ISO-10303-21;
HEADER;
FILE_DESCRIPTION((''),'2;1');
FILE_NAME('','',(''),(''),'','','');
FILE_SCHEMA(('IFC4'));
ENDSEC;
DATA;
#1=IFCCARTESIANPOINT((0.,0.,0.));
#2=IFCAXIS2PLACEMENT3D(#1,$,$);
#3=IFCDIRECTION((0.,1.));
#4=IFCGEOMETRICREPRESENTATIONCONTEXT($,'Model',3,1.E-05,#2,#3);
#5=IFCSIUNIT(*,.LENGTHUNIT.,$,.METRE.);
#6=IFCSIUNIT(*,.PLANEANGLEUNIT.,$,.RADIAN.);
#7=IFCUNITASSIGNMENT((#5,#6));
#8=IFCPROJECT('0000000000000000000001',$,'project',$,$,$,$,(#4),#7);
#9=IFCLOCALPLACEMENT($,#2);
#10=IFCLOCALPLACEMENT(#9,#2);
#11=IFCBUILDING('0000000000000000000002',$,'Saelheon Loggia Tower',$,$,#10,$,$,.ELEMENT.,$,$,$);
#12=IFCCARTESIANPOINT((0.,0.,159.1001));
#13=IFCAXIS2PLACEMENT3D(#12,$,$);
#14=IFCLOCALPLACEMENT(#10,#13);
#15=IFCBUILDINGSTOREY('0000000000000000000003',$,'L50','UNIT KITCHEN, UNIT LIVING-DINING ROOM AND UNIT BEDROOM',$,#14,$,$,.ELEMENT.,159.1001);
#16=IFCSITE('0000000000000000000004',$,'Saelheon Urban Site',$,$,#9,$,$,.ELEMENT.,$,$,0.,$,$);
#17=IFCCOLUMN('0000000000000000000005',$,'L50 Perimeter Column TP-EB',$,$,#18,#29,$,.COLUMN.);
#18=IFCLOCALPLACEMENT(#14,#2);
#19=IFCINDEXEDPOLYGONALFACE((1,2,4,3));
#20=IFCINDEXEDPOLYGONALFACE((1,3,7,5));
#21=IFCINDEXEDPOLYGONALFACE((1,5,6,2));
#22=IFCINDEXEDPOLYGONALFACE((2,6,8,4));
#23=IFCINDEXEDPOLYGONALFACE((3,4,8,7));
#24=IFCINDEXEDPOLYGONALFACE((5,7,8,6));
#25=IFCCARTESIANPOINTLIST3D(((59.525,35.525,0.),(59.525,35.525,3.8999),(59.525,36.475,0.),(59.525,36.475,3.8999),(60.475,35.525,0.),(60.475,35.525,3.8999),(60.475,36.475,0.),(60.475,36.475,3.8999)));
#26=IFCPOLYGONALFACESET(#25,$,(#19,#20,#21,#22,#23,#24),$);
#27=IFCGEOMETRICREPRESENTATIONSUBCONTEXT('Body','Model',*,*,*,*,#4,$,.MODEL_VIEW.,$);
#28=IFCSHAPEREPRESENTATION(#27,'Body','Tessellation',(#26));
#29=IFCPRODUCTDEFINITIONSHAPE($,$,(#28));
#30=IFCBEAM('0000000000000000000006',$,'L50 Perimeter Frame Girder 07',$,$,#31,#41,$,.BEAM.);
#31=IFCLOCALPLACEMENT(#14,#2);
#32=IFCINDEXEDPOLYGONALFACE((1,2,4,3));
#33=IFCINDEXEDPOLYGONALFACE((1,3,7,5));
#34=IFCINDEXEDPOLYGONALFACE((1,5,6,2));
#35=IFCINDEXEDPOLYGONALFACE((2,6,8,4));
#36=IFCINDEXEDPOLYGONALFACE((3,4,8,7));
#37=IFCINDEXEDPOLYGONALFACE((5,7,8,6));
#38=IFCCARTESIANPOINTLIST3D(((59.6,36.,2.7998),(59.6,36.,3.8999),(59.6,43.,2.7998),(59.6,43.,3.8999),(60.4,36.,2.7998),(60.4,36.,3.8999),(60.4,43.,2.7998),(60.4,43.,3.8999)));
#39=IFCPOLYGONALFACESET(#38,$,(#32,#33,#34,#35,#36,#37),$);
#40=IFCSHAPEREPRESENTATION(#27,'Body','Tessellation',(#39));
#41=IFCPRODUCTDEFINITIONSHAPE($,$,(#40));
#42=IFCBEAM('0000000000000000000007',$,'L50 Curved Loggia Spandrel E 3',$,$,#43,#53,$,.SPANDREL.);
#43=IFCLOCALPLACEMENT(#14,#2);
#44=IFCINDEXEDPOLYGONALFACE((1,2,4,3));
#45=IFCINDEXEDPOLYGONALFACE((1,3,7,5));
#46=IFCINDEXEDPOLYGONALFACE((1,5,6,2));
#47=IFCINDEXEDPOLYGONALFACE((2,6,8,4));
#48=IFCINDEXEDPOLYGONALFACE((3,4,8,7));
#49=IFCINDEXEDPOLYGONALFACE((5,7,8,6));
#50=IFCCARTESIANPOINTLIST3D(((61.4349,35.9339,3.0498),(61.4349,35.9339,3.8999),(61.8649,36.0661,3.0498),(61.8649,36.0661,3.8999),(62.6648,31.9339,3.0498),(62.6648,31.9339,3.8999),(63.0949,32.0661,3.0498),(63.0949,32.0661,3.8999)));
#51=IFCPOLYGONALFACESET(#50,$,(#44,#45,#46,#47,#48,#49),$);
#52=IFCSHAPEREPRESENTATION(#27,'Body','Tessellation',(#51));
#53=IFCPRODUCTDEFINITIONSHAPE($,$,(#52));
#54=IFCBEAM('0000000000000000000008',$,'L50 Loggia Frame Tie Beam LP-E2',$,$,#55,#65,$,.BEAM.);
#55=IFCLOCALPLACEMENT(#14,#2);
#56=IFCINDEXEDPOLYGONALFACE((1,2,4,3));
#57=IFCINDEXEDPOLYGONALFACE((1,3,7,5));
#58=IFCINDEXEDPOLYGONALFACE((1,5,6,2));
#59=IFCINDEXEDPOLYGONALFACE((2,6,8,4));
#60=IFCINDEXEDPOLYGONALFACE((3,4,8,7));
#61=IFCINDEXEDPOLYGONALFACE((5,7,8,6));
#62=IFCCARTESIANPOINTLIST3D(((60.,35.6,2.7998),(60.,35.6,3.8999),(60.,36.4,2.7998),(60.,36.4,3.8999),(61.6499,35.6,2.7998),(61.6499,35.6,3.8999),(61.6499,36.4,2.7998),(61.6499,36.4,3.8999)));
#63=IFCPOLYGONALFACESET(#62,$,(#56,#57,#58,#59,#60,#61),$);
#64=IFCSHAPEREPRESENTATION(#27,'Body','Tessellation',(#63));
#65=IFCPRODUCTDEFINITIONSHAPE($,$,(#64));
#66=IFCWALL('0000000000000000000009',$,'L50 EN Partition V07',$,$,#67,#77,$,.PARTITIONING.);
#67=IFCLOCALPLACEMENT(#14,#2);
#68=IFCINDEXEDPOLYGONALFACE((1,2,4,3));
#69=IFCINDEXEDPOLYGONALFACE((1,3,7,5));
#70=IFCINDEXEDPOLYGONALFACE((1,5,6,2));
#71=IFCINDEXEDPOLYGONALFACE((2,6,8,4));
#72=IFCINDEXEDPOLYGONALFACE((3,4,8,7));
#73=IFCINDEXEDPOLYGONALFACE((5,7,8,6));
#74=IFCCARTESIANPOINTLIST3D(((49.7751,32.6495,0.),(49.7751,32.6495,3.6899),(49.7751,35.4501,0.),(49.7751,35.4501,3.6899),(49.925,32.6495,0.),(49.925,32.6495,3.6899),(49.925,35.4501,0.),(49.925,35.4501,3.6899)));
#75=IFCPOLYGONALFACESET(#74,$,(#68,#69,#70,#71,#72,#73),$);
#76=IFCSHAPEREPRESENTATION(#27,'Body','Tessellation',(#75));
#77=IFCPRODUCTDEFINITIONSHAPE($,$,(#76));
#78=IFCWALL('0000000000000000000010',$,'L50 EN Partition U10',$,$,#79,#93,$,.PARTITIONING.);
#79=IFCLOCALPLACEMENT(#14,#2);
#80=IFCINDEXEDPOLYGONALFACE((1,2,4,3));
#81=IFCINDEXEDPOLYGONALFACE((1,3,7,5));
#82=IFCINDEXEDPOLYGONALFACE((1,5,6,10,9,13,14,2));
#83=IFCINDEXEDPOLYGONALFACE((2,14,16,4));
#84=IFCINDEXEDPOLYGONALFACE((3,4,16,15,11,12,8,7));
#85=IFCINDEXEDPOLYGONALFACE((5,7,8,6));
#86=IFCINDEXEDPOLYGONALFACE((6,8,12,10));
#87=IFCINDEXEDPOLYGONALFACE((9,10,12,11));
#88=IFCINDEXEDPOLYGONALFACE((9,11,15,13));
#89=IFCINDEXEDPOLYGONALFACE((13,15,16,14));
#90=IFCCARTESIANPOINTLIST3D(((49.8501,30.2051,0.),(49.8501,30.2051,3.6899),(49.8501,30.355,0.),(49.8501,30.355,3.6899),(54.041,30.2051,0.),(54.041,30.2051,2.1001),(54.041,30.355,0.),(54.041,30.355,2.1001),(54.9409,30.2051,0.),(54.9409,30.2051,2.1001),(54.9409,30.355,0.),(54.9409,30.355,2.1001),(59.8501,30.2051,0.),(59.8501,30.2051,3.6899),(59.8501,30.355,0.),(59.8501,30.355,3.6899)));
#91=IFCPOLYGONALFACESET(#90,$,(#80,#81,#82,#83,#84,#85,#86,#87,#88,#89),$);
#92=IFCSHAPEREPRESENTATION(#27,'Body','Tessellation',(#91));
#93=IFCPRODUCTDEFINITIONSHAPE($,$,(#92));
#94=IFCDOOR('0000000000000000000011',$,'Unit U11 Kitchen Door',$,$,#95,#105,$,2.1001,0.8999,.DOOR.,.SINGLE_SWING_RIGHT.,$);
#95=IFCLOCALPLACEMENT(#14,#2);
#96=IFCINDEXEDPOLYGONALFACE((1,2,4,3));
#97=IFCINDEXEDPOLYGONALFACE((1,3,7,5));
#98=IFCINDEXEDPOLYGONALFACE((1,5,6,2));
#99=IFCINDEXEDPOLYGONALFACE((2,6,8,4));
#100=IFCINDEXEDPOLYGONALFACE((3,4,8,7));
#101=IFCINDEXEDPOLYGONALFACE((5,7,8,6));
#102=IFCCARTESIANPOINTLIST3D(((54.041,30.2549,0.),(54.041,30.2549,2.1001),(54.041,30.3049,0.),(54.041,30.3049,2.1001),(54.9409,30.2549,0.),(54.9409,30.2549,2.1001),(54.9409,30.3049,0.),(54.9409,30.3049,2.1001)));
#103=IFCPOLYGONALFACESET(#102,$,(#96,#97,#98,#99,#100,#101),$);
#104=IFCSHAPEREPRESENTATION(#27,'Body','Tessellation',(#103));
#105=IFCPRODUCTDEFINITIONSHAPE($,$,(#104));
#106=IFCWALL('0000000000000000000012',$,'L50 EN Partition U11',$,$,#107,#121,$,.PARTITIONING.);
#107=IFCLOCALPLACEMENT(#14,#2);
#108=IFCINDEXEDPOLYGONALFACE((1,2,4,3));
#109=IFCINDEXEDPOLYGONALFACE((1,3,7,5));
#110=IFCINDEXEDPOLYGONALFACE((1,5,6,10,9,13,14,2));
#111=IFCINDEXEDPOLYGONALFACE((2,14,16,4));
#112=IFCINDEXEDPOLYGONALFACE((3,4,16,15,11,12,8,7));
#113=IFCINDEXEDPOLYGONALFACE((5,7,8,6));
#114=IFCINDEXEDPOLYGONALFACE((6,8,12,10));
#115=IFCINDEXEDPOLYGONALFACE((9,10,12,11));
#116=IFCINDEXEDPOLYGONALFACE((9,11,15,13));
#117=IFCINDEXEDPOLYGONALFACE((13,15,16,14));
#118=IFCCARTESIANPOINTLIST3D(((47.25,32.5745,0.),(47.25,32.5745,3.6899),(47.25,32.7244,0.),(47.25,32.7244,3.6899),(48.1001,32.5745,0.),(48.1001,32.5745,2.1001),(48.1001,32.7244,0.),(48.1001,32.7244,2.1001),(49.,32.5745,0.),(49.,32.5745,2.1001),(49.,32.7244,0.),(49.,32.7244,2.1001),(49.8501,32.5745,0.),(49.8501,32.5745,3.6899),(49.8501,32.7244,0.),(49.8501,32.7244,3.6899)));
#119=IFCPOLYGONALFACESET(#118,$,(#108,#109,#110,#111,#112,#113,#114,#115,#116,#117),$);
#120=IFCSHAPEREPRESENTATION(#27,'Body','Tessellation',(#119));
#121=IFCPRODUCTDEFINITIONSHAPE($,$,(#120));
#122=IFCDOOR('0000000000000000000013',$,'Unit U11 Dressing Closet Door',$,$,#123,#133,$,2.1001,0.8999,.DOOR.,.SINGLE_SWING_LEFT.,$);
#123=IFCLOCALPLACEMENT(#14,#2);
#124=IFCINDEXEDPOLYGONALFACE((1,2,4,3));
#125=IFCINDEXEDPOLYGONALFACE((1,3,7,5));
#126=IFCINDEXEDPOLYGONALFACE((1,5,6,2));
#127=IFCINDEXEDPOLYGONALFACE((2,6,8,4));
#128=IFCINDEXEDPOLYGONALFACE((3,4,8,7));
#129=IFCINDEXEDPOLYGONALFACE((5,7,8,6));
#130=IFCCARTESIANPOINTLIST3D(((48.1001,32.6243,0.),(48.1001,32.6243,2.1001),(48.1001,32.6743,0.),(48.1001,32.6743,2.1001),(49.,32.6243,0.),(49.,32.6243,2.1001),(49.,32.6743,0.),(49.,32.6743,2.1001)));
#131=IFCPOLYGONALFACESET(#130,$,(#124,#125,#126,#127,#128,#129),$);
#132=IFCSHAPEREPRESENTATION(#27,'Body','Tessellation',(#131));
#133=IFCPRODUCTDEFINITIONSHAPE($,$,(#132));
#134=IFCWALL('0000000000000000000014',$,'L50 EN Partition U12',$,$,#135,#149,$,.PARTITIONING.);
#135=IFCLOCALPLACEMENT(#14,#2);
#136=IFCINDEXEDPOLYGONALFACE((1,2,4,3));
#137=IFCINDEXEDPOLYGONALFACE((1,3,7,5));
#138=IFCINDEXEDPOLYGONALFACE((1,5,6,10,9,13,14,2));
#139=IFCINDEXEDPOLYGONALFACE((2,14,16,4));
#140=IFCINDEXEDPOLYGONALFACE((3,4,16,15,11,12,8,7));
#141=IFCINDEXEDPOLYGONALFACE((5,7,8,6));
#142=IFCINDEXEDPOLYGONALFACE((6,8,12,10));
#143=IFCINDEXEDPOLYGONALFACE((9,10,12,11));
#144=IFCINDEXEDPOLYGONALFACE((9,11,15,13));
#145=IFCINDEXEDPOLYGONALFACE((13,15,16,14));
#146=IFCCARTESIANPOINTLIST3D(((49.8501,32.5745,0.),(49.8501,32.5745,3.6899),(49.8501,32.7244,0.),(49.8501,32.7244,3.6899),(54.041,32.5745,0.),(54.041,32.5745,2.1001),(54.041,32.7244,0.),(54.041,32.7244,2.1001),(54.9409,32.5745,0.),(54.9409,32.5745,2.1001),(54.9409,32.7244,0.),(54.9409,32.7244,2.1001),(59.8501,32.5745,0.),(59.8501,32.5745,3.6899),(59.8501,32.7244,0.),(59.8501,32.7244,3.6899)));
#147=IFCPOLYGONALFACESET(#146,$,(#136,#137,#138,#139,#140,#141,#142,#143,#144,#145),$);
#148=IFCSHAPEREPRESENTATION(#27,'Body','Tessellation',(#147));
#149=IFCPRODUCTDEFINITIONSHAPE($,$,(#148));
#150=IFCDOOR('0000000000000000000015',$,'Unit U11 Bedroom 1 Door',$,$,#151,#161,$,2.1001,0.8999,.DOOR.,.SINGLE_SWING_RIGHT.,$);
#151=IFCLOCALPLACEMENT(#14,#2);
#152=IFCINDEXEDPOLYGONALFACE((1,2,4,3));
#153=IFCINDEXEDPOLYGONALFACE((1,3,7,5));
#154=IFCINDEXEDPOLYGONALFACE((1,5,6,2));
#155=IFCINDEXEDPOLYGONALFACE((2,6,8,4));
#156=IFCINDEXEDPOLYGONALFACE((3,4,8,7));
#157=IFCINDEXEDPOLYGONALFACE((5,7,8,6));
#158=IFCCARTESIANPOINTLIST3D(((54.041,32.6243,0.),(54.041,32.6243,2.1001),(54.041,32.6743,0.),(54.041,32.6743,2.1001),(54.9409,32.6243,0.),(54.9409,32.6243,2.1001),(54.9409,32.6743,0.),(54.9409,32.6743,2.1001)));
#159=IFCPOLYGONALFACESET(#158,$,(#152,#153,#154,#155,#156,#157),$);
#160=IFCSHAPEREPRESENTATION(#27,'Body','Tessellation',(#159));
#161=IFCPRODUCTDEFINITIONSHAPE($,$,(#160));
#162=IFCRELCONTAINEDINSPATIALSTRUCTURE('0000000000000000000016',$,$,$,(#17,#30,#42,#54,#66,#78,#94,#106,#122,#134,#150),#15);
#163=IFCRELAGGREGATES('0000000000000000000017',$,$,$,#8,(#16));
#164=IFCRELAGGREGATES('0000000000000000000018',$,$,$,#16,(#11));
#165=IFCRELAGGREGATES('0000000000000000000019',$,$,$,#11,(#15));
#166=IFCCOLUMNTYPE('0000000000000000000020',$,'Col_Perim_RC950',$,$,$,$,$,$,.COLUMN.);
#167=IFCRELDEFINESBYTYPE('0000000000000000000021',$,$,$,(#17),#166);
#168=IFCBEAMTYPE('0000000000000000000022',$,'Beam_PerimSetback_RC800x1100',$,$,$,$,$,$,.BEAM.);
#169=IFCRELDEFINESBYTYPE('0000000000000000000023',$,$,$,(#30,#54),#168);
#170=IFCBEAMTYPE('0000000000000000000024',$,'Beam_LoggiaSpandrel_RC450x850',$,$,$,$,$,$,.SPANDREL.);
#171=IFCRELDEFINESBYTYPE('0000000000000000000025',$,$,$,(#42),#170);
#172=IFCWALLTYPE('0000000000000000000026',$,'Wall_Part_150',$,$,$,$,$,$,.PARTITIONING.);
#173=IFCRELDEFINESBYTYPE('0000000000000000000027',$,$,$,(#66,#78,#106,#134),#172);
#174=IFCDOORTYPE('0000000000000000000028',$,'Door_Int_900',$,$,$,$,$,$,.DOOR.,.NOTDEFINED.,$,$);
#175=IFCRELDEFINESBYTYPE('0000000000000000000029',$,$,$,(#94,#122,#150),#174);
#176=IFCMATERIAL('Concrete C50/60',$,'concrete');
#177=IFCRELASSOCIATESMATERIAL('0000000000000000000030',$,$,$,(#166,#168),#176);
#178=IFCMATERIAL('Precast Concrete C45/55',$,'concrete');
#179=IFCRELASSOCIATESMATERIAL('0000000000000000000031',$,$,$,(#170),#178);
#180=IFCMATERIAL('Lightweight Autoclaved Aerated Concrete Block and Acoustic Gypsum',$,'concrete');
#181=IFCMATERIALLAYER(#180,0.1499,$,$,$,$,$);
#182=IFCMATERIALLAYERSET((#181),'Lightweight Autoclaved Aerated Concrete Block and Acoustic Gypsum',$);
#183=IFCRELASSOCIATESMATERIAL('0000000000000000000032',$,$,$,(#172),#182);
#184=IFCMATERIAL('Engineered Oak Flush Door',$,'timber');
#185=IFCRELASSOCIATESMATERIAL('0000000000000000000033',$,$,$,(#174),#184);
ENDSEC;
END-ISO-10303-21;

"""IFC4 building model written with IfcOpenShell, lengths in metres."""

from ifc_helpers import new_model, si_unit, direction, frame, frame_2d, origin, origin_2d, place, context, subcontext, project, spatial, rectangle, extrude, source, transform, mapped, material, layer, layer_set, material_profile, profile_set, type_object, element, fill, save


model = new_model("IFC4")

# Units and contexts
model_context = context("Model", 3, precision=1e-05, world=origin(), true_north=direction((0.0, 1.0)))
body_context = subcontext(model_context, "Body", "Model", "MODEL_VIEW")
ifc_project = project(units=[si_unit("LENGTHUNIT", "METRE"), si_unit("PLANEANGLEUNIT", "RADIAN")], contexts=[model_context])

# Site, building, storey
site_placement = place(None, origin())
site = spatial("IfcSite", under=ifc_project, at=site_placement, Name="Saelheon Urban Site", CompositionType="ELEMENT", RefElevation=0.0)
building_placement = place(site_placement, origin())
building = spatial("IfcBuilding", under=site, at=building_placement, Name="Saelheon Loggia Tower", CompositionType="ELEMENT")
storey_placement = place(building_placement, frame((0.0, 0.0, 159.1001)))
storey = spatial("IfcBuildingStorey", under=building, at=storey_placement, Name="L50", Description="UNIT KITCHEN, UNIT LIVING-DINING ROOM AND UNIT BEDROOM", CompositionType="ELEMENT", Elevation=159.1001)

# Column
ifc_material_1 = material(Name="Concrete C50/60", Category="concrete")
ifc_material_profile_1 = material_profile(ifc_material_1, rectangle(XDim=0.95, YDim=0.95, at=origin_2d()), Name="RC-950x950")
ifc_profile_set_1 = profile_set([ifc_material_profile_1], Name="Concrete C50/60")
column_type = type_object("IfcColumnType", Name="Col_Perim_RC950", PredefinedType="COLUMN", material=ifc_profile_set_1)
shared_shape_1 = source(origin(), body_context, "Body", "SweptSolid", [
    extrude(rectangle(XDim=0.95, YDim=0.95, at=origin_2d()), origin(), (0.0, 0.0, 1.0), 3.8999),
])
column_placement = place(storey_placement, frame((60.0, 36.0, 0.0), z_axis=(0.0, 0.0, 1.0), x_axis=(1.0, 0.0, 0.0)))
element("IfcColumn", 1, at=column_placement, inside=storey, type_object=column_type, Name="L50 Perimeter Column TP-EB", PredefinedType="COLUMN", context=body_context, shape_type="MappedRepresentation", body=[
    mapped(shared_shape_1, transform((0.0, 0.0, 0.0), scale=1.0)),
])

# Beams
ifc_material_profile_2 = material_profile(ifc_material_1, rectangle(XDim=0.8, YDim=1.1001, at=origin_2d()), Name="RC-800x1100")
ifc_profile_set_2 = profile_set([ifc_material_profile_2], Name="Concrete C50/60")
beam_type_1 = type_object("IfcBeamType", Name="Beam_PerimSetback_RC800x1100", PredefinedType="BEAM", material=ifc_profile_set_2)
shared_shape_2 = source(origin(), body_context, "Body", "SweptSolid", [
    extrude(rectangle(XDim=0.8, YDim=1.1001, at=origin_2d()), origin(), (0.0, 0.0, 1.0), 7.0),
])
beam_1_placement = place(storey_placement, frame((60.0, 36.0, 3.3499), z_axis=(0.0, 1.0, 0.0), x_axis=(-1.0, 0.0, 0.0)))
element("IfcBeam", 2, at=beam_1_placement, inside=storey, type_object=beam_type_1, Name="L50 Perimeter Frame Girder 07", PredefinedType="BEAM", context=body_context, shape_type="MappedRepresentation", body=[
    mapped(shared_shape_2, transform((0.0, 0.0, 0.0), scale=1.0)),
])
ifc_material_2 = material(Name="Precast Concrete C45/55", Category="concrete")
ifc_material_profile_3 = material_profile(ifc_material_2, rectangle(XDim=0.45, YDim=0.8501, at=origin_2d()), Name="RC-450x850")
ifc_profile_set_3 = profile_set([ifc_material_profile_3], Name="Precast Concrete C45/55")
beam_type_2 = type_object("IfcBeamType", Name="Beam_LoggiaSpandrel_RC450x850", PredefinedType="SPANDREL", material=ifc_profile_set_3)
shared_shape_3 = source(origin(), body_context, "Body", "SweptSolid", [
    extrude(rectangle(XDim=0.45, YDim=0.8501, at=origin_2d()), origin(), (0.0, 0.0, 1.0), 4.1848),
])
beam_2_placement = place(storey_placement, frame((62.8799, 32.0, 3.4749), z_axis=(-0.293914, 0.955832, 0.0), x_axis=(-0.955832, -0.293914, 0.0)))
element("IfcBeam", 3, at=beam_2_placement, inside=storey, type_object=beam_type_2, Name="L50 Curved Loggia Spandrel E 3", PredefinedType="SPANDREL", context=body_context, shape_type="MappedRepresentation", body=[
    mapped(shared_shape_3, transform((0.0, 0.0, 0.0), scale=1.0)),
])
shared_shape_4 = source(origin(), body_context, "Body", "SweptSolid", [
    extrude(rectangle(XDim=0.8, YDim=1.1001, at=origin_2d()), origin(), (0.0, 0.0, 1.0), 1.6499),
])
beam_3_placement = place(storey_placement, frame((60.0, 36.0, 3.3499), z_axis=(1.0, 0.0, 0.0), x_axis=(0.0, 1.0, 0.0)))
element("IfcBeam", 4, at=beam_3_placement, inside=storey, type_object=beam_type_1, Name="L50 Loggia Frame Tie Beam LP-E2", PredefinedType="BEAM", context=body_context, shape_type="MappedRepresentation", body=[
    mapped(shared_shape_4, transform((0.0, 0.0, 0.0), scale=1.0)),
])

# Wall
ifc_material_3 = material(Name="Lightweight Autoclaved Aerated Concrete Block and Acoustic Gypsum", Category="concrete")
ifc_layer_1 = layer(ifc_material_3, 0.1499)
ifc_layer_set_1 = layer_set([ifc_layer_1], Name="Lightweight Autoclaved Aerated Concrete Block and Acoustic Gypsum")
wall_type_1 = type_object("IfcWallType", Name="Wall_Part_150", PredefinedType="PARTITIONING", material=ifc_layer_set_1)
wall_1_placement = place(storey_placement, frame((49.8501, 32.6494, 0.0), z_axis=(0.0, 0.0, 1.0), x_axis=(0.0, 1.0, 0.0)))
element("IfcWall", 5, at=wall_1_placement, inside=storey, type_object=wall_type_1, Name="L50 EN Partition V07", PredefinedType="PARTITIONING", context=body_context, shape_type="SweptSolid", body=[
    extrude(rectangle(XDim=2.8005, YDim=0.1499, at=frame_2d((1.4004, 0.0))), origin(), (0.0, 0.0, 1.0), 3.6899),
])

# Walls, openings, doors
wall_2_placement = place(storey_placement, frame((49.8501, 30.28, 0.0), z_axis=(0.0, 0.0, 1.0), x_axis=(1.0, 0.0, 0.0)))
wall_2 = element("IfcWall", 6, at=wall_2_placement, inside=storey, type_object=wall_type_1, Name="L50 EN Partition U10", PredefinedType="PARTITIONING", context=body_context, shape_type="SweptSolid", body=[
    extrude(rectangle(XDim=10.0, YDim=0.1499, at=frame_2d((5.0, 0.0))), origin(), (0.0, 0.0, 1.0), 3.6899),
])
opening_1_placement = place(wall_2_placement, frame((4.1909, 0.0, 0.0)))
opening_1 = element("IfcOpeningElement", 7, at=opening_1_placement, cuts=wall_2, PredefinedType="OPENING", context=body_context, shape_type="SweptSolid", body=[
    extrude(rectangle(XDim=0.8999, YDim=2.1001, at=frame_2d((0.45, 1.05))), frame((0.0, 0.0869, 0.0), z_axis=(0.0, -1.0, 0.0), x_axis=(1.0, 0.0, 0.0)), (0.0, 0.0, 1.0), 0.1738),
])
ifc_material_4 = material(Name="Engineered Oak Flush Door", Category="timber")
door_type_1 = type_object("IfcDoorType", Name="Door_Int_900", OperationType="NOTDEFINED", PredefinedType="DOOR", material=ifc_material_4)
shared_shape_5 = source(origin(), body_context, "Body", "SweptSolid", [
    extrude(rectangle(XDim=0.8999, YDim=2.1001, at=frame_2d((0.45, 1.05))), frame((0.0, 0.0249, 0.0), z_axis=(0.0, -1.0, 0.0), x_axis=(1.0, 0.0, 0.0)), (0.0, 0.0, 1.0), 0.05),
])
door_1_placement = place(opening_1_placement, origin())
door_1 = element("IfcDoor", 8, at=door_1_placement, inside=storey, type_object=door_type_1, Name="Unit U11 Kitchen Door", OperationType="SINGLE_SWING_RIGHT", OverallHeight=2.1001, OverallWidth=0.8999, PredefinedType="DOOR", context=body_context, shape_type="MappedRepresentation", body=[
    mapped(shared_shape_5, transform((0.0, 0.0, 0.0), scale=1.0)),
])
fill(opening_1, door_1)
wall_3_placement = place(storey_placement, frame((47.25, 32.6494, 0.0), z_axis=(0.0, 0.0, 1.0), x_axis=(1.0, 0.0, 0.0)))
wall_3 = element("IfcWall", 9, at=wall_3_placement, inside=storey, type_object=wall_type_1, Name="L50 EN Partition U11", PredefinedType="PARTITIONING", context=body_context, shape_type="SweptSolid", body=[
    extrude(rectangle(XDim=2.6001, YDim=0.1499, at=frame_2d((1.3, 0.0))), origin(), (0.0, 0.0, 1.0), 3.6899),
])
opening_2_placement = place(wall_3_placement, frame((0.8501, 0.0, 0.0)))
opening_2 = element("IfcOpeningElement", 10, at=opening_2_placement, cuts=wall_3, PredefinedType="OPENING", context=body_context, shape_type="SweptSolid", body=[
    extrude(rectangle(XDim=0.8999, YDim=2.1001, at=frame_2d((0.45, 1.05))), frame((0.0, 0.0869, 0.0), z_axis=(0.0, -1.0, 0.0), x_axis=(1.0, 0.0, 0.0)), (0.0, 0.0, 1.0), 0.1738),
])
door_2_placement = place(opening_2_placement, origin())
door_2 = element("IfcDoor", 11, at=door_2_placement, inside=storey, type_object=door_type_1, Name="Unit U11 Dressing Closet Door", OperationType="SINGLE_SWING_LEFT", OverallHeight=2.1001, OverallWidth=0.8999, PredefinedType="DOOR", context=body_context, shape_type="MappedRepresentation", body=[
    mapped(shared_shape_5, transform((0.0, 0.0, 0.0), scale=1.0)),
])
fill(opening_2, door_2)
wall_4_placement = place(storey_placement, frame((49.8501, 32.6494, 0.0), z_axis=(0.0, 0.0, 1.0), x_axis=(1.0, 0.0, 0.0)))
wall_4 = element("IfcWall", 12, at=wall_4_placement, inside=storey, type_object=wall_type_1, Name="L50 EN Partition U12", PredefinedType="PARTITIONING", context=body_context, shape_type="SweptSolid", body=[
    extrude(rectangle(XDim=10.0, YDim=0.1499, at=frame_2d((5.0, 0.0))), origin(), (0.0, 0.0, 1.0), 3.6899),
])
opening_3_placement = place(wall_4_placement, frame((4.1909, 0.0, 0.0)))
opening_3 = element("IfcOpeningElement", 13, at=opening_3_placement, cuts=wall_4, PredefinedType="OPENING", context=body_context, shape_type="SweptSolid", body=[
    extrude(rectangle(XDim=0.8999, YDim=2.1001, at=frame_2d((0.45, 1.05))), frame((0.0, 0.0869, 0.0), z_axis=(0.0, -1.0, 0.0), x_axis=(1.0, 0.0, 0.0)), (0.0, 0.0, 1.0), 0.1738),
])
door_3_placement = place(opening_3_placement, origin())
door_3 = element("IfcDoor", 14, at=door_3_placement, inside=storey, type_object=door_type_1, Name="Unit U11 Bedroom 1 Door", OperationType="SINGLE_SWING_RIGHT", OverallHeight=2.1001, OverallWidth=0.8999, PredefinedType="DOOR", context=body_context, shape_type="MappedRepresentation", body=[
    mapped(shared_shape_5, transform((0.0, 0.0, 0.0), scale=1.0)),
])
fill(opening_3, door_3)

save(model, "model.ifc")
